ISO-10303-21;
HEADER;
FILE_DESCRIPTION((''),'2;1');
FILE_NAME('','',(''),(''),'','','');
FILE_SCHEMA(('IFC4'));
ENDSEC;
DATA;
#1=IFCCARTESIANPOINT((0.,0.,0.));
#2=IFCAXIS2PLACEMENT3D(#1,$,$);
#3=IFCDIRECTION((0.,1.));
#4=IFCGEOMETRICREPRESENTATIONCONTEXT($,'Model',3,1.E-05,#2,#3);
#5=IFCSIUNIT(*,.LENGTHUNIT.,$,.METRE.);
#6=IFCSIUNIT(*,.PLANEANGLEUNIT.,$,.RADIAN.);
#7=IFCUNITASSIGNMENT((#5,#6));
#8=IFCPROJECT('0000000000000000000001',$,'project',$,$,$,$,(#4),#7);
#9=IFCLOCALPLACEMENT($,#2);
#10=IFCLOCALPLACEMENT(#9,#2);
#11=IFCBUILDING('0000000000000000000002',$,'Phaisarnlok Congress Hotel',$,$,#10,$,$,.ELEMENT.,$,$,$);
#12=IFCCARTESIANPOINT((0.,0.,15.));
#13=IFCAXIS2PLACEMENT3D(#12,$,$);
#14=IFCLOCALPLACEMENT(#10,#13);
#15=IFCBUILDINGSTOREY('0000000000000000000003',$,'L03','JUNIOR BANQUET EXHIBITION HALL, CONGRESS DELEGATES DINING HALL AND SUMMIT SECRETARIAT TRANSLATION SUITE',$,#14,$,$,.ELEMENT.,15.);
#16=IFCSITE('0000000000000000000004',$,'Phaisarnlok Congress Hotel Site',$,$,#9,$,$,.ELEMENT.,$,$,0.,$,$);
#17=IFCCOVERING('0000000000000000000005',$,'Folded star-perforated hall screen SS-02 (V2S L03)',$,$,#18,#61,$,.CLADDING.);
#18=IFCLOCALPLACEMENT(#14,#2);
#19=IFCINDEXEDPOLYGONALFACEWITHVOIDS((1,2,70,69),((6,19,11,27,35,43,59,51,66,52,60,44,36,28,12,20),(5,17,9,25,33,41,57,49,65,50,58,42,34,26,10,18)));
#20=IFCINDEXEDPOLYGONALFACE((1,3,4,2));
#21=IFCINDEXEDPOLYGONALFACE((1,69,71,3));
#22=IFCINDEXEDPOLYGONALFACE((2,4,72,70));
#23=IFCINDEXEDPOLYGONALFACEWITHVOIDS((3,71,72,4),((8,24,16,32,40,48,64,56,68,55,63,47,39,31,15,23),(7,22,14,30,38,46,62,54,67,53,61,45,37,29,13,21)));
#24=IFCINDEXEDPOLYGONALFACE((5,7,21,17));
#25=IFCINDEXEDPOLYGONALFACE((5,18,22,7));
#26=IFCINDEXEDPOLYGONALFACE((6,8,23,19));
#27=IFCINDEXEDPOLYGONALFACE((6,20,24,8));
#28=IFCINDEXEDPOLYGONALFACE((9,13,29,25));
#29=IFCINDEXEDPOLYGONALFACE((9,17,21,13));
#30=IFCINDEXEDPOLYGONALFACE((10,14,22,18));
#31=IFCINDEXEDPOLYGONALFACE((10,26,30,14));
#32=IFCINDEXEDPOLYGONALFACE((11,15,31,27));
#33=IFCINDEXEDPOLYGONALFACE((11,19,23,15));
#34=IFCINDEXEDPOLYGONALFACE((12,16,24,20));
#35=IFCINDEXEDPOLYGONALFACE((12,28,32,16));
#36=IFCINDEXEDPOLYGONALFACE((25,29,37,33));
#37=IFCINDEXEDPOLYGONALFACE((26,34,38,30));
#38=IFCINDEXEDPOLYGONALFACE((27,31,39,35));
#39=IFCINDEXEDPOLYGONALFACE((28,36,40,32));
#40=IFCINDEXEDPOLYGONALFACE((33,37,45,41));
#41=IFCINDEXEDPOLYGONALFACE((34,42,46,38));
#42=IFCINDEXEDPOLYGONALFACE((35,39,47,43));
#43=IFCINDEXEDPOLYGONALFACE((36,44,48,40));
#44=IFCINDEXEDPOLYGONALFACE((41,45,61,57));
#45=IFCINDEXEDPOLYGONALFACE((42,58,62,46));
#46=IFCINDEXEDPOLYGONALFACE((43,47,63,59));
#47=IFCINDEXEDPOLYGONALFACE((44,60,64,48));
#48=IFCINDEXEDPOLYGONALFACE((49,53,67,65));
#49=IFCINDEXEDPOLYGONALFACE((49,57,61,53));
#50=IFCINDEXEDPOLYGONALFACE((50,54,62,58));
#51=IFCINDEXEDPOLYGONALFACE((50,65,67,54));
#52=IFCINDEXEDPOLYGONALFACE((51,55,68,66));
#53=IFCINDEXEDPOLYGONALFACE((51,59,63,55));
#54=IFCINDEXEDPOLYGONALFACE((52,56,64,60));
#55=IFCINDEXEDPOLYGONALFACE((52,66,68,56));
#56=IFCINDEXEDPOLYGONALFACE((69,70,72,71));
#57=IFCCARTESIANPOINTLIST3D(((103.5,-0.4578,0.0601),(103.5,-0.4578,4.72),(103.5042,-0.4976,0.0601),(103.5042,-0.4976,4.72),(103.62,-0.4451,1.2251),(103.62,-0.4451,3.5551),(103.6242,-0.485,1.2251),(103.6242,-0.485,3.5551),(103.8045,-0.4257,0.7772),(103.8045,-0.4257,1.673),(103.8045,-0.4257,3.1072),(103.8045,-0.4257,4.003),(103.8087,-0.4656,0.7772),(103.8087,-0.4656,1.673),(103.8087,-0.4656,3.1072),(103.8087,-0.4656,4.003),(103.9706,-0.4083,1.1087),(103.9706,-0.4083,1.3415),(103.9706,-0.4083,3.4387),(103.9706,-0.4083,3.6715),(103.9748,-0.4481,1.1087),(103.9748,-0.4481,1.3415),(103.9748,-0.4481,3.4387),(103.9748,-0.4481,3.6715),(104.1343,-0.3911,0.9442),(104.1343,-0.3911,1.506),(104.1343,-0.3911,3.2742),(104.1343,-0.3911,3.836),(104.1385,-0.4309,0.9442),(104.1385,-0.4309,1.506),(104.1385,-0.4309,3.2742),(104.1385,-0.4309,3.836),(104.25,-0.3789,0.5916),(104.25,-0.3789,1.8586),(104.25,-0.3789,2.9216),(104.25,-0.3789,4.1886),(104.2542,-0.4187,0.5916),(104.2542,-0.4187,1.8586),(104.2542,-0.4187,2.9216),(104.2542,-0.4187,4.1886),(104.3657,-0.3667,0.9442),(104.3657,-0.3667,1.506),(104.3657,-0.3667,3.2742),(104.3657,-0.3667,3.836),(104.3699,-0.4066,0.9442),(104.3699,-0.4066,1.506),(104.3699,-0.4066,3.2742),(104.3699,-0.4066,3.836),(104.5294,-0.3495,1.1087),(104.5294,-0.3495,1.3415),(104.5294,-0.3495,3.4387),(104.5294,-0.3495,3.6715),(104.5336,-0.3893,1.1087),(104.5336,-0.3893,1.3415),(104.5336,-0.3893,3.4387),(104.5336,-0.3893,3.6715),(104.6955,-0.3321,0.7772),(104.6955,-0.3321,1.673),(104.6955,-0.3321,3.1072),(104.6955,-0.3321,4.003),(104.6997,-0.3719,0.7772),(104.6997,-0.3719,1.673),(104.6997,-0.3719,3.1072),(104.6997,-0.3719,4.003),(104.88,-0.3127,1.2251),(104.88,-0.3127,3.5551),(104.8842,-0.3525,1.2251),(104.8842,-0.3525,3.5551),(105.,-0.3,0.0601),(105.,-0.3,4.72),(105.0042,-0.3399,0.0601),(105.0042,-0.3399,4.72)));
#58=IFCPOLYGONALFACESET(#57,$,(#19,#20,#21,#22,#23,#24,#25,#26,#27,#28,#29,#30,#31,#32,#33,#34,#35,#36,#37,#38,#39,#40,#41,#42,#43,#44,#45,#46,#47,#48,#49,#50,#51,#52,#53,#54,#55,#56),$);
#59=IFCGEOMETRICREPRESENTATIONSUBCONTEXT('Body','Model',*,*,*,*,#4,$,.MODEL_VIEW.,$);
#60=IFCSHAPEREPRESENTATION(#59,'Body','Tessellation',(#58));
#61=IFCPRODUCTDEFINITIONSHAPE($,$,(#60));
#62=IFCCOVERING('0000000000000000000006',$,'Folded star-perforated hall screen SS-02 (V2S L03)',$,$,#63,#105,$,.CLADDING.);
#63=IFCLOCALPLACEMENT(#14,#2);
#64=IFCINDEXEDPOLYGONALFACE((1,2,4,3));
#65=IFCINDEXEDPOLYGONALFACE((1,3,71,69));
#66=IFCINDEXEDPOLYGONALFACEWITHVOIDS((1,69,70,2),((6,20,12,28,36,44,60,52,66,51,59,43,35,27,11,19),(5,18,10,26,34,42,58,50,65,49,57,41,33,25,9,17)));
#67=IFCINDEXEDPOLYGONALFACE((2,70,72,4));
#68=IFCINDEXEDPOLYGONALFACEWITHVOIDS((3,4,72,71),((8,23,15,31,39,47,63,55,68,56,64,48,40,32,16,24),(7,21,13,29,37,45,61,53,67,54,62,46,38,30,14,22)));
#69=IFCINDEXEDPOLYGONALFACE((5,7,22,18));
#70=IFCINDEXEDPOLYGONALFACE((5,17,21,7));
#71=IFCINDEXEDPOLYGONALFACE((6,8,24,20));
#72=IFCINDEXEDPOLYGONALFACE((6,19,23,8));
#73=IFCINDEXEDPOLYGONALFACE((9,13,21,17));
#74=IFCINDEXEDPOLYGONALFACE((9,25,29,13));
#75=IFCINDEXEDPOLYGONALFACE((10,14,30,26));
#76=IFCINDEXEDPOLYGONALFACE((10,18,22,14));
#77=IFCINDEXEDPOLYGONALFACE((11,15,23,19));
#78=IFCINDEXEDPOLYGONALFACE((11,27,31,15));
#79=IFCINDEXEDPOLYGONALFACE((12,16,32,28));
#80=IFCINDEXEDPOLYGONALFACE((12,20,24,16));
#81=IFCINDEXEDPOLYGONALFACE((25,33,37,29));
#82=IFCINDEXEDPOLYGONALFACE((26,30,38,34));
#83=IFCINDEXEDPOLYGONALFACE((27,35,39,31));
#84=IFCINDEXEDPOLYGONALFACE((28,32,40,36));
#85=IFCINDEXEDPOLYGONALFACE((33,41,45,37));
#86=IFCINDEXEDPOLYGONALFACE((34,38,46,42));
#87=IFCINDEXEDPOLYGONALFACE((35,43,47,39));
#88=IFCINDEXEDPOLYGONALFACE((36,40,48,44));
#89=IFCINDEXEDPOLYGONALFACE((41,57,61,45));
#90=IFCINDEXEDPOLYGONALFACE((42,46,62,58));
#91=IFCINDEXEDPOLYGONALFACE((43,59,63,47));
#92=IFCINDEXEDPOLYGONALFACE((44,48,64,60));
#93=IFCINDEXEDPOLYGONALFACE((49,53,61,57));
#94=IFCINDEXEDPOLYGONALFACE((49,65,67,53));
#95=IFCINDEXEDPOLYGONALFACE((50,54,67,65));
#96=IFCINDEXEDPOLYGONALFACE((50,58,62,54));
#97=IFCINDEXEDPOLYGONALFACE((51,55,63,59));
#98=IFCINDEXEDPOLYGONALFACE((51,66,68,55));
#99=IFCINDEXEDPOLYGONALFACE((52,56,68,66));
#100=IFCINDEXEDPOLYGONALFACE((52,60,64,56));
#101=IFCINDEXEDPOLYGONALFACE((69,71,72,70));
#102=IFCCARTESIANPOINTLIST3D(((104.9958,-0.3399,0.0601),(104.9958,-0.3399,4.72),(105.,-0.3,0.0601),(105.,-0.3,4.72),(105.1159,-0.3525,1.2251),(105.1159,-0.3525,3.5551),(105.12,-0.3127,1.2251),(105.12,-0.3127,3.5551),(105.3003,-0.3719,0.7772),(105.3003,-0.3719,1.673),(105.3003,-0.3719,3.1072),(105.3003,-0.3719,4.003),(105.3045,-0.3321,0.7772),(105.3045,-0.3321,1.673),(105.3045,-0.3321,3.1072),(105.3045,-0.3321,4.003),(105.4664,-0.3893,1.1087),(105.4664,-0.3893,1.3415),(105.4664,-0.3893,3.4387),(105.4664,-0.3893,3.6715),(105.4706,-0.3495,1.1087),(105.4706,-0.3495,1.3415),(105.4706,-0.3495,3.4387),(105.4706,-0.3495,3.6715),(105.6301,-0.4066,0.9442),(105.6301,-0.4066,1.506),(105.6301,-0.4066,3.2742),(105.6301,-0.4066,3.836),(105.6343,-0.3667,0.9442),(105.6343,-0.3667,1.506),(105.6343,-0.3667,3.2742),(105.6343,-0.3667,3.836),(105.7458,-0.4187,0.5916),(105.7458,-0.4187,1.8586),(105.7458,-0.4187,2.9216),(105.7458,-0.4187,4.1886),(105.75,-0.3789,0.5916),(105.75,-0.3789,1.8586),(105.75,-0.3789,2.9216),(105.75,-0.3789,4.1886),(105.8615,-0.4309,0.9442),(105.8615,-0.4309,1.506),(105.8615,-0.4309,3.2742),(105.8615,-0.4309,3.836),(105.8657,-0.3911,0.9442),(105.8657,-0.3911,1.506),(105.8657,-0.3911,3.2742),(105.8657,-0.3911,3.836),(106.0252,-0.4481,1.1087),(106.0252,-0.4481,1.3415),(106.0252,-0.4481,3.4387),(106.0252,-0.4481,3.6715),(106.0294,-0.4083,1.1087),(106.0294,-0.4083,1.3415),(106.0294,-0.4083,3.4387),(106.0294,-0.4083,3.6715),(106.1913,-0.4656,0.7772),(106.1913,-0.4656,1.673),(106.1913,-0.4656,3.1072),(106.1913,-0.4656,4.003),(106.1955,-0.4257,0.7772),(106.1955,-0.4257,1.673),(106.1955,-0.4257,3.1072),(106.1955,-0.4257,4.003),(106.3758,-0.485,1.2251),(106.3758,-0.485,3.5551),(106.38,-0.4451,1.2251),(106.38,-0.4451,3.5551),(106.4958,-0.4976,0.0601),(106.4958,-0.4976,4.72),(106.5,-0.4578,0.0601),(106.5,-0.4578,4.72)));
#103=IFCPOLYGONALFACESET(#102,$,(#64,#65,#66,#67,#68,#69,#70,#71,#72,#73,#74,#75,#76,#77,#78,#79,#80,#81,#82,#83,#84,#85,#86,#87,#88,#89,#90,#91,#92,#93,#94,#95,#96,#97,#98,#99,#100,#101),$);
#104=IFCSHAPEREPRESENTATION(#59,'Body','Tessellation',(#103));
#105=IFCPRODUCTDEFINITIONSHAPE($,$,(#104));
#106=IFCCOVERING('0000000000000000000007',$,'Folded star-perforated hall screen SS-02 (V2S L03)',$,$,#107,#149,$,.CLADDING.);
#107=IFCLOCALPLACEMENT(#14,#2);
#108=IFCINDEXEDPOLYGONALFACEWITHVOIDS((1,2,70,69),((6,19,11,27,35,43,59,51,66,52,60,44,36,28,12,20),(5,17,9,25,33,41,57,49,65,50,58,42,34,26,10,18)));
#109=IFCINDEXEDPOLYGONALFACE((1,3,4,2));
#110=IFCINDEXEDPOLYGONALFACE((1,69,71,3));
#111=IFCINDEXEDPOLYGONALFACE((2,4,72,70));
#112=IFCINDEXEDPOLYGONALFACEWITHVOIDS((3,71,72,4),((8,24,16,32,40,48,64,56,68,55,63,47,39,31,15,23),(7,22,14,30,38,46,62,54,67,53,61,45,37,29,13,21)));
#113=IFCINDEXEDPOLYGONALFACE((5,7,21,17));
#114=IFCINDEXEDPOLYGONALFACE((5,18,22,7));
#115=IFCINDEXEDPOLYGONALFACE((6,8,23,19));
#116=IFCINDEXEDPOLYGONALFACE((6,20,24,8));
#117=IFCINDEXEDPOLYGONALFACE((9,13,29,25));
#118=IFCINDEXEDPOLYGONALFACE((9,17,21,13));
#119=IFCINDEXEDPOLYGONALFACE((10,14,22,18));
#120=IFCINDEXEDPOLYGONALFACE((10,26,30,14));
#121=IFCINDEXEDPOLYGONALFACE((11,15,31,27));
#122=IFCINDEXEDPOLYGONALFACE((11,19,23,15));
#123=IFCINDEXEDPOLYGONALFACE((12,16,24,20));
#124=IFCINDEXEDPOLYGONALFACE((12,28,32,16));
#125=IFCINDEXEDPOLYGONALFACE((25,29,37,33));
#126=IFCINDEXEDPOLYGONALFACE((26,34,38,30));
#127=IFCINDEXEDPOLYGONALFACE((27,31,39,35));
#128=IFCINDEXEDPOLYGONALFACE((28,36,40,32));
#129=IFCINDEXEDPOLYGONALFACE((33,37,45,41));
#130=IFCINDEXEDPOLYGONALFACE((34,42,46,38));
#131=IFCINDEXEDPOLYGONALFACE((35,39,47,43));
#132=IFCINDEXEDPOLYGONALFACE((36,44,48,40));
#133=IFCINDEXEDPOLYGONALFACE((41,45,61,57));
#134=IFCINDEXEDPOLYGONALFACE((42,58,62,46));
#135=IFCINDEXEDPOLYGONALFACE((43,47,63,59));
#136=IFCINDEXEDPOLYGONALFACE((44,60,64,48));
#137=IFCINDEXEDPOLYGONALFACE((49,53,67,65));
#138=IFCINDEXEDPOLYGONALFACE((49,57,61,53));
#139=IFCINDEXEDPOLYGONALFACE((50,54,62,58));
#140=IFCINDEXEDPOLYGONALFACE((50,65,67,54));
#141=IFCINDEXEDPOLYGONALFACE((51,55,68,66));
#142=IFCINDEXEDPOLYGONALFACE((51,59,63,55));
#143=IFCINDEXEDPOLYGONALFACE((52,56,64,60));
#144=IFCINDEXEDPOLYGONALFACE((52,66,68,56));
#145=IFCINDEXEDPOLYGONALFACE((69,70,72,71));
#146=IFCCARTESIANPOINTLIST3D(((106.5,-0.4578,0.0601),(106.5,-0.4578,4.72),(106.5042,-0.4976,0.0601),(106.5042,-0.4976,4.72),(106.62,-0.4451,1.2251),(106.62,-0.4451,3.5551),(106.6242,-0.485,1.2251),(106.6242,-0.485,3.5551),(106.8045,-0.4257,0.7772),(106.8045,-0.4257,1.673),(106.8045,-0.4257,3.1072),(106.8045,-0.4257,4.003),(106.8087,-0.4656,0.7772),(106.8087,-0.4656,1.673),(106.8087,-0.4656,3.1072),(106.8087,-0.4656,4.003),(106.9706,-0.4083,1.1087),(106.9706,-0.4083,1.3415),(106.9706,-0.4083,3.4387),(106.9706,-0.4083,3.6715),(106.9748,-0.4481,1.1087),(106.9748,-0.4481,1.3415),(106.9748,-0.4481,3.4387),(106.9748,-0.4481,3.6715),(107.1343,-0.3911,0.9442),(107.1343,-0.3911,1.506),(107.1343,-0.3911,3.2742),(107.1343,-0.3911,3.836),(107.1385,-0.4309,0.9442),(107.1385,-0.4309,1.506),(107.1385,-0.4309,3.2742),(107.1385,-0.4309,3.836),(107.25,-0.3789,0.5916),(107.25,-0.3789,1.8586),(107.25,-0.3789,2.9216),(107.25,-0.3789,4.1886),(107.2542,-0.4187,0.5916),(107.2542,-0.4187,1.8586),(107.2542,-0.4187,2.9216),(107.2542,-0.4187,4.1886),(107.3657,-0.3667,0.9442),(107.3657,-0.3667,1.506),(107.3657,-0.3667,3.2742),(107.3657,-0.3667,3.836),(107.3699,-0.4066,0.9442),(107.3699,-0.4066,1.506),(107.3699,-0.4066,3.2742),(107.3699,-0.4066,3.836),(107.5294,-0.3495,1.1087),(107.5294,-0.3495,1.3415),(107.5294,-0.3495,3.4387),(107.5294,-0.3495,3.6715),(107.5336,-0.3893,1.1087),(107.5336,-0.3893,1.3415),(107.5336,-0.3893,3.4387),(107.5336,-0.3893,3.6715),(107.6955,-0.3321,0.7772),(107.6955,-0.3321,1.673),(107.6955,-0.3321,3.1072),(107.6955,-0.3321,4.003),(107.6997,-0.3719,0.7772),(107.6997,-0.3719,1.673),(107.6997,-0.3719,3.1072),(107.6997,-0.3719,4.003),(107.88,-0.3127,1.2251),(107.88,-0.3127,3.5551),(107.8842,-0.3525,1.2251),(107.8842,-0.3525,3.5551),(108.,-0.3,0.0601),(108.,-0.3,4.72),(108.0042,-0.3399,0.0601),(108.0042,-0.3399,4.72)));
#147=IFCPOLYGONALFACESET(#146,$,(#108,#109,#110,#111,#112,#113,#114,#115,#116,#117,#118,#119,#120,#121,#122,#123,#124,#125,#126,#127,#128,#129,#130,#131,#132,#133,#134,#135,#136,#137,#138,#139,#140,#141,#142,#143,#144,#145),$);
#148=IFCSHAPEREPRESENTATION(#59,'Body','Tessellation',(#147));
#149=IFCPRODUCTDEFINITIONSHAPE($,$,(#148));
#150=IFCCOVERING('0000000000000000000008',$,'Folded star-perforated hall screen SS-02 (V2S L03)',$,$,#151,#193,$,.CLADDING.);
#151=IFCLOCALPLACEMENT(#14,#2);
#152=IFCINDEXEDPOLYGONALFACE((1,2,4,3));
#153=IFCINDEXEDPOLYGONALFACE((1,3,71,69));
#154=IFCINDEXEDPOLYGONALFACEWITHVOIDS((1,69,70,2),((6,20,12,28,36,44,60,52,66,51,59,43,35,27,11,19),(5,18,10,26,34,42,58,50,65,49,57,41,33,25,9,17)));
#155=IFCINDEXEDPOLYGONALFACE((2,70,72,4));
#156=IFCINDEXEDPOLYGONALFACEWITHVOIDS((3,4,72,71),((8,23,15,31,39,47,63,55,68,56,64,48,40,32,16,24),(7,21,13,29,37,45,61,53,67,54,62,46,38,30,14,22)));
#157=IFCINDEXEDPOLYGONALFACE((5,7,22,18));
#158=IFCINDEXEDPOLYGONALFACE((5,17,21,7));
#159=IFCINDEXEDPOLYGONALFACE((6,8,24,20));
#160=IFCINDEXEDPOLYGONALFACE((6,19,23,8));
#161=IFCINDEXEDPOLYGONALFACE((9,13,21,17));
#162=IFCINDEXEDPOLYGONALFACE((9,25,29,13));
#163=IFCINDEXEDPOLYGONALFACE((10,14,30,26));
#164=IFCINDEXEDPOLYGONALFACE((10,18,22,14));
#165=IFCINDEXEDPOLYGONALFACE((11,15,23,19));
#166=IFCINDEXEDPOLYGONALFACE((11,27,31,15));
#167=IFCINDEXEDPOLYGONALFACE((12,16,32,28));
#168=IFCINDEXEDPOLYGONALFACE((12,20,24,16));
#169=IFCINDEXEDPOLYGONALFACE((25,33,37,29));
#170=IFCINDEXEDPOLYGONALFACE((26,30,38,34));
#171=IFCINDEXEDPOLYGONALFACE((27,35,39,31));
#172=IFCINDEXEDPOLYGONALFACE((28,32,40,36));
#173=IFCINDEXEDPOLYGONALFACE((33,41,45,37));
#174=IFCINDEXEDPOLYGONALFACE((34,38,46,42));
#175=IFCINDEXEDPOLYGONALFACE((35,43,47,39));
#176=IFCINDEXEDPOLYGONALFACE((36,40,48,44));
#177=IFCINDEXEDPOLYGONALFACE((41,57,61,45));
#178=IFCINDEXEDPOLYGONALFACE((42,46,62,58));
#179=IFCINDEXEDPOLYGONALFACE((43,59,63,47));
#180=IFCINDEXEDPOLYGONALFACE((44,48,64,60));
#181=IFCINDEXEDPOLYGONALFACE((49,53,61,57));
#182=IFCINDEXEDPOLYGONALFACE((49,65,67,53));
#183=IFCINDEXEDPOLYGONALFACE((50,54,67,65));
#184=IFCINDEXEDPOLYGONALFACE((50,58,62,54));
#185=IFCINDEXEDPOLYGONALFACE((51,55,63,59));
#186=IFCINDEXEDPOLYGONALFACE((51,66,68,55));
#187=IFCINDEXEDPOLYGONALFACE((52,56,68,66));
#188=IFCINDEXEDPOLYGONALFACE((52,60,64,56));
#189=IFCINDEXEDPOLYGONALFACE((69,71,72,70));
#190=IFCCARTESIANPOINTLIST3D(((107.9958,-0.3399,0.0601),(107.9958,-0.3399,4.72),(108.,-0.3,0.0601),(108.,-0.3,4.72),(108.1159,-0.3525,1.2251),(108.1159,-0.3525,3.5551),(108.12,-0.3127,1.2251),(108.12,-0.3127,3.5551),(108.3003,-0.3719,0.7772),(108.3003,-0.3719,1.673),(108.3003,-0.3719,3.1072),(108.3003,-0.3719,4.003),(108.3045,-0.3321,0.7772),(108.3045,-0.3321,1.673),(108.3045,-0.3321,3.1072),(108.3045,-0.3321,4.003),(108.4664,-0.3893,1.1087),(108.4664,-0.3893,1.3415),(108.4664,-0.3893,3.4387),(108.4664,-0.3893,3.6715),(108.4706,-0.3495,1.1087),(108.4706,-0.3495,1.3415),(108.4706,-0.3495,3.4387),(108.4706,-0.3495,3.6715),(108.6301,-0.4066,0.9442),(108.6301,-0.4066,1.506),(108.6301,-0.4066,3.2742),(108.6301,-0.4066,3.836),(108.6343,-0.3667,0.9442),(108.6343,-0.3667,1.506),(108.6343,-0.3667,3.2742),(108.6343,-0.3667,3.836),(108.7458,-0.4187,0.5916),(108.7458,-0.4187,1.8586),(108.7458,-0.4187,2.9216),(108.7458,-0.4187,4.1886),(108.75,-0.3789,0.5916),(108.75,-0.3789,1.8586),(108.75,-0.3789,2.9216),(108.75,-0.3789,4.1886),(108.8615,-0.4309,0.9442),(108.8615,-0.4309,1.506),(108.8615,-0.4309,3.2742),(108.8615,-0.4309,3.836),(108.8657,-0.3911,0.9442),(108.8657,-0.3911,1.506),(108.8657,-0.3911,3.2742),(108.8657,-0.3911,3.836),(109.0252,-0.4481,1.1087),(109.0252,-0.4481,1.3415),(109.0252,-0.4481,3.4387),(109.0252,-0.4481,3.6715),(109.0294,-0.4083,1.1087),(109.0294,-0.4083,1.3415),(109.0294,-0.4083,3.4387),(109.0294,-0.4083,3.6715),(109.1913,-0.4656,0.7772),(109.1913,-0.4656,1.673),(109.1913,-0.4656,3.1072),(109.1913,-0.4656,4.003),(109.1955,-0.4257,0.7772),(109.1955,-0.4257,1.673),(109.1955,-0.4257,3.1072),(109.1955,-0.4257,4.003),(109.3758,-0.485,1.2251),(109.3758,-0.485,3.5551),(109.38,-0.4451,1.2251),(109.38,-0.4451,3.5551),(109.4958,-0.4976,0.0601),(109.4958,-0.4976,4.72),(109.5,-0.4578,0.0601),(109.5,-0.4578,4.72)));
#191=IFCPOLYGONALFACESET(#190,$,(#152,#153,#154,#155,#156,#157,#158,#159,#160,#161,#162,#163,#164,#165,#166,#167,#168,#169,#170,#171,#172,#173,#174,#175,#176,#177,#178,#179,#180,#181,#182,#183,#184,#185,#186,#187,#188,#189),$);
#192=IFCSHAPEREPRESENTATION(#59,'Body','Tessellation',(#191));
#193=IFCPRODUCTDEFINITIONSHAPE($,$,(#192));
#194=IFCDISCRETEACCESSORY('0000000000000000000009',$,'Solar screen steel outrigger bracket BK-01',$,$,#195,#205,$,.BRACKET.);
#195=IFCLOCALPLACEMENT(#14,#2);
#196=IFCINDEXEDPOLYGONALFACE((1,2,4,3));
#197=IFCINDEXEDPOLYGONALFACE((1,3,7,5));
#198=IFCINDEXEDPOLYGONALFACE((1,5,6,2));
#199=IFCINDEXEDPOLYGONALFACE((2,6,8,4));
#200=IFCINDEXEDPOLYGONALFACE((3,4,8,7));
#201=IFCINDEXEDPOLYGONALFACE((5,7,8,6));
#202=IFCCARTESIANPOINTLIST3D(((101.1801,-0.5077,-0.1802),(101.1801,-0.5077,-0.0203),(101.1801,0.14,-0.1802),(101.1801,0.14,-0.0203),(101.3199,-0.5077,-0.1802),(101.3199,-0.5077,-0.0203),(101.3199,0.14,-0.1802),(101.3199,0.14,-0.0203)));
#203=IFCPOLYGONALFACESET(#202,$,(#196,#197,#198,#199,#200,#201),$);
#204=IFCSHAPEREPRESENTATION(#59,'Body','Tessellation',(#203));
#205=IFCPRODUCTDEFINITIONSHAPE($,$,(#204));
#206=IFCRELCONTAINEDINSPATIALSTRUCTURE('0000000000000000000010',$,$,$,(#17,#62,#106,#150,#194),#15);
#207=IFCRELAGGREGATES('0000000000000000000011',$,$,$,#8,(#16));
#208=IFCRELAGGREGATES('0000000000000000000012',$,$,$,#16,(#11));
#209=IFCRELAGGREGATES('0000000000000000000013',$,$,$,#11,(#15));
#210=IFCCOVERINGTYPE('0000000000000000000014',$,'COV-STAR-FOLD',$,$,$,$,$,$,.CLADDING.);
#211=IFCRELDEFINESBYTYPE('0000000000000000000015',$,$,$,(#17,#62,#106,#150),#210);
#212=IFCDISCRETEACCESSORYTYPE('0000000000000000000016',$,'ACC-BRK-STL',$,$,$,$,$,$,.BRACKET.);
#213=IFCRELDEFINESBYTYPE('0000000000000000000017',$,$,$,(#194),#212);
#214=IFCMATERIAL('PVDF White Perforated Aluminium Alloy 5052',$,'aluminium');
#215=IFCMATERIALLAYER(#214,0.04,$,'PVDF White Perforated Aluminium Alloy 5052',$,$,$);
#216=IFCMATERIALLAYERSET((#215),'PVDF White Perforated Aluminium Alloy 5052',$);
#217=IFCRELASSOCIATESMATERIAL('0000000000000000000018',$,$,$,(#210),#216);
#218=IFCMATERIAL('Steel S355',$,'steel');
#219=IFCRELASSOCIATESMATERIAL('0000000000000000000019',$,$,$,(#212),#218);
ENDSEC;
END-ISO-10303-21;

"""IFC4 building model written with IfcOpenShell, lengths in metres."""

from ifc_helpers import new_model, si_unit, direction, frame, origin, origin_2d, place, context, subcontext, project, spatial, polyline, rectangle, outline, extrude, material, layer, layer_set, type_object, element, save


model = new_model("IFC4")

# Units and contexts
model_context = context("Model", 3, precision=1e-05, world=origin(), true_north=direction((0.0, 1.0)))
body_context = subcontext(model_context, "Body", "Model", "MODEL_VIEW")
ifc_project = project(units=[si_unit("LENGTHUNIT", "METRE"), si_unit("PLANEANGLEUNIT", "RADIAN")], contexts=[model_context])

# Site, building, storey
site_placement = place(None, origin())
site = spatial("IfcSite", under=ifc_project, at=site_placement, Name="Phaisarnlok Congress Hotel Site", CompositionType="ELEMENT", RefElevation=0.0)
building_placement = place(site_placement, origin())
building = spatial("IfcBuilding", under=site, at=building_placement, Name="Phaisarnlok Congress Hotel", CompositionType="ELEMENT")
storey_placement = place(building_placement, frame((0.0, 0.0, 15.0)))
storey = spatial("IfcBuildingStorey", under=building, at=storey_placement, Name="L03", Description="JUNIOR BANQUET EXHIBITION HALL, CONGRESS DELEGATES DINING HALL AND SUMMIT SECRETARIAT TRANSLATION SUITE", CompositionType="ELEMENT", Elevation=15.0)

# Shared definitions
ifc_material_1 = material(Name="Steel S355", Category="steel")

# Coverings
ifc_material_2 = material(Name="PVDF White Perforated Aluminium Alloy 5052", Category="aluminium")
ifc_layer_1 = layer(ifc_material_2, 0.04, Name="PVDF White Perforated Aluminium Alloy 5052")
ifc_layer_set_1 = layer_set([ifc_layer_1], Name="PVDF White Perforated Aluminium Alloy 5052")
covering_type = type_object("IfcCoveringType", Name="COV-STAR-FOLD", PredefinedType="CLADDING", material=ifc_layer_set_1)
for number, where, z_axis, x_axis, name in (
    (1, (103.5, -0.4578, 0.0601), (0.104567, -0.994518, 0.0), (0.994518, 0.104567, 0.0), "Folded star-perforated hall screen SS-02 (V2S L03)"),
    (2, (105.0, -0.3, 0.0601), (-0.104567, -0.994518, 0.0), (0.994518, -0.104567, 0.0), "Folded star-perforated hall screen SS-02 (V2S L03)"),
    (3, (106.5, -0.4578, 0.0601), (0.104567, -0.994518, 0.0), (0.994518, 0.104567, 0.0), "Folded star-perforated hall screen SS-02 (V2S L03)"),
    (4, (108.0, -0.3, 0.0601), (-0.104567, -0.994518, 0.0), (0.994518, -0.104567, 0.0), "Folded star-perforated hall screen SS-02 (V2S L03)"),
):
    element("IfcCovering", number, at=place(storey_placement, frame(where, z_axis=z_axis, x_axis=x_axis)), inside=storey, type_object=covering_type, Name=name, PredefinedType="CLADDING", context=body_context, shape_type="SweptSolid", body=[
        extrude(outline(polyline([(0.0, 0.0), (1.5083, 0.0), (1.5083, 4.6599), (0.0, 4.6599), (0.0, 0.0)]), holes=[polyline([(1.0351, 1.0486), (1.2021, 0.7171), (0.8705, 0.8841), (0.7541, 0.5315), (0.6378, 0.8841), (0.3062, 0.7171), (0.4732, 1.0486), (0.1207, 1.165), (0.4732, 1.2814), (0.3062, 1.6129), (0.6378, 1.4459), (0.7541, 1.7985), (0.8705, 1.4459), (1.2021, 1.6129), (1.0351, 1.2814), (1.3876, 1.165), (1.0351, 1.0486)]), polyline([(1.0351, 3.3786), (1.2021, 3.0471), (0.8705, 3.2141), (0.7541, 2.8615), (0.6378, 3.2141), (0.3062, 3.0471), (0.4732, 3.3786), (0.1207, 3.495), (0.4732, 3.6114), (0.3062, 3.9429), (0.6378, 3.7759), (0.7541, 4.1285), (0.8705, 3.7759), (1.2021, 3.9429), (1.0351, 3.6114), (1.3876, 3.495), (1.0351, 3.3786)])]), origin(), (0.0, 0.0, 1.0), 0.04),
    ])

# Discrete accessory
discrete_accessory_type = type_object("IfcDiscreteAccessoryType", Name="ACC-BRK-STL", PredefinedType="BRACKET", material=ifc_material_1)
for number, where, z_axis, x_axis, name in (
    (5, (101.25, -0.1838, -0.1802), (0.0, 0.0, 1.0), (1.0, 0.0, 0.0), "Solar screen steel outrigger bracket BK-01"),
):
    element("IfcDiscreteAccessory", number, at=place(storey_placement, frame(where, z_axis=z_axis, x_axis=x_axis)), inside=storey, type_object=discrete_accessory_type, Name=name, PredefinedType="BRACKET", context=body_context, shape_type="SweptSolid", body=[
        extrude(rectangle(XDim=0.1399, YDim=0.6477, at=origin_2d()), origin(), (0.0, 0.0, 1.0), 0.1599),
    ])

save(model, "model.ifc")
